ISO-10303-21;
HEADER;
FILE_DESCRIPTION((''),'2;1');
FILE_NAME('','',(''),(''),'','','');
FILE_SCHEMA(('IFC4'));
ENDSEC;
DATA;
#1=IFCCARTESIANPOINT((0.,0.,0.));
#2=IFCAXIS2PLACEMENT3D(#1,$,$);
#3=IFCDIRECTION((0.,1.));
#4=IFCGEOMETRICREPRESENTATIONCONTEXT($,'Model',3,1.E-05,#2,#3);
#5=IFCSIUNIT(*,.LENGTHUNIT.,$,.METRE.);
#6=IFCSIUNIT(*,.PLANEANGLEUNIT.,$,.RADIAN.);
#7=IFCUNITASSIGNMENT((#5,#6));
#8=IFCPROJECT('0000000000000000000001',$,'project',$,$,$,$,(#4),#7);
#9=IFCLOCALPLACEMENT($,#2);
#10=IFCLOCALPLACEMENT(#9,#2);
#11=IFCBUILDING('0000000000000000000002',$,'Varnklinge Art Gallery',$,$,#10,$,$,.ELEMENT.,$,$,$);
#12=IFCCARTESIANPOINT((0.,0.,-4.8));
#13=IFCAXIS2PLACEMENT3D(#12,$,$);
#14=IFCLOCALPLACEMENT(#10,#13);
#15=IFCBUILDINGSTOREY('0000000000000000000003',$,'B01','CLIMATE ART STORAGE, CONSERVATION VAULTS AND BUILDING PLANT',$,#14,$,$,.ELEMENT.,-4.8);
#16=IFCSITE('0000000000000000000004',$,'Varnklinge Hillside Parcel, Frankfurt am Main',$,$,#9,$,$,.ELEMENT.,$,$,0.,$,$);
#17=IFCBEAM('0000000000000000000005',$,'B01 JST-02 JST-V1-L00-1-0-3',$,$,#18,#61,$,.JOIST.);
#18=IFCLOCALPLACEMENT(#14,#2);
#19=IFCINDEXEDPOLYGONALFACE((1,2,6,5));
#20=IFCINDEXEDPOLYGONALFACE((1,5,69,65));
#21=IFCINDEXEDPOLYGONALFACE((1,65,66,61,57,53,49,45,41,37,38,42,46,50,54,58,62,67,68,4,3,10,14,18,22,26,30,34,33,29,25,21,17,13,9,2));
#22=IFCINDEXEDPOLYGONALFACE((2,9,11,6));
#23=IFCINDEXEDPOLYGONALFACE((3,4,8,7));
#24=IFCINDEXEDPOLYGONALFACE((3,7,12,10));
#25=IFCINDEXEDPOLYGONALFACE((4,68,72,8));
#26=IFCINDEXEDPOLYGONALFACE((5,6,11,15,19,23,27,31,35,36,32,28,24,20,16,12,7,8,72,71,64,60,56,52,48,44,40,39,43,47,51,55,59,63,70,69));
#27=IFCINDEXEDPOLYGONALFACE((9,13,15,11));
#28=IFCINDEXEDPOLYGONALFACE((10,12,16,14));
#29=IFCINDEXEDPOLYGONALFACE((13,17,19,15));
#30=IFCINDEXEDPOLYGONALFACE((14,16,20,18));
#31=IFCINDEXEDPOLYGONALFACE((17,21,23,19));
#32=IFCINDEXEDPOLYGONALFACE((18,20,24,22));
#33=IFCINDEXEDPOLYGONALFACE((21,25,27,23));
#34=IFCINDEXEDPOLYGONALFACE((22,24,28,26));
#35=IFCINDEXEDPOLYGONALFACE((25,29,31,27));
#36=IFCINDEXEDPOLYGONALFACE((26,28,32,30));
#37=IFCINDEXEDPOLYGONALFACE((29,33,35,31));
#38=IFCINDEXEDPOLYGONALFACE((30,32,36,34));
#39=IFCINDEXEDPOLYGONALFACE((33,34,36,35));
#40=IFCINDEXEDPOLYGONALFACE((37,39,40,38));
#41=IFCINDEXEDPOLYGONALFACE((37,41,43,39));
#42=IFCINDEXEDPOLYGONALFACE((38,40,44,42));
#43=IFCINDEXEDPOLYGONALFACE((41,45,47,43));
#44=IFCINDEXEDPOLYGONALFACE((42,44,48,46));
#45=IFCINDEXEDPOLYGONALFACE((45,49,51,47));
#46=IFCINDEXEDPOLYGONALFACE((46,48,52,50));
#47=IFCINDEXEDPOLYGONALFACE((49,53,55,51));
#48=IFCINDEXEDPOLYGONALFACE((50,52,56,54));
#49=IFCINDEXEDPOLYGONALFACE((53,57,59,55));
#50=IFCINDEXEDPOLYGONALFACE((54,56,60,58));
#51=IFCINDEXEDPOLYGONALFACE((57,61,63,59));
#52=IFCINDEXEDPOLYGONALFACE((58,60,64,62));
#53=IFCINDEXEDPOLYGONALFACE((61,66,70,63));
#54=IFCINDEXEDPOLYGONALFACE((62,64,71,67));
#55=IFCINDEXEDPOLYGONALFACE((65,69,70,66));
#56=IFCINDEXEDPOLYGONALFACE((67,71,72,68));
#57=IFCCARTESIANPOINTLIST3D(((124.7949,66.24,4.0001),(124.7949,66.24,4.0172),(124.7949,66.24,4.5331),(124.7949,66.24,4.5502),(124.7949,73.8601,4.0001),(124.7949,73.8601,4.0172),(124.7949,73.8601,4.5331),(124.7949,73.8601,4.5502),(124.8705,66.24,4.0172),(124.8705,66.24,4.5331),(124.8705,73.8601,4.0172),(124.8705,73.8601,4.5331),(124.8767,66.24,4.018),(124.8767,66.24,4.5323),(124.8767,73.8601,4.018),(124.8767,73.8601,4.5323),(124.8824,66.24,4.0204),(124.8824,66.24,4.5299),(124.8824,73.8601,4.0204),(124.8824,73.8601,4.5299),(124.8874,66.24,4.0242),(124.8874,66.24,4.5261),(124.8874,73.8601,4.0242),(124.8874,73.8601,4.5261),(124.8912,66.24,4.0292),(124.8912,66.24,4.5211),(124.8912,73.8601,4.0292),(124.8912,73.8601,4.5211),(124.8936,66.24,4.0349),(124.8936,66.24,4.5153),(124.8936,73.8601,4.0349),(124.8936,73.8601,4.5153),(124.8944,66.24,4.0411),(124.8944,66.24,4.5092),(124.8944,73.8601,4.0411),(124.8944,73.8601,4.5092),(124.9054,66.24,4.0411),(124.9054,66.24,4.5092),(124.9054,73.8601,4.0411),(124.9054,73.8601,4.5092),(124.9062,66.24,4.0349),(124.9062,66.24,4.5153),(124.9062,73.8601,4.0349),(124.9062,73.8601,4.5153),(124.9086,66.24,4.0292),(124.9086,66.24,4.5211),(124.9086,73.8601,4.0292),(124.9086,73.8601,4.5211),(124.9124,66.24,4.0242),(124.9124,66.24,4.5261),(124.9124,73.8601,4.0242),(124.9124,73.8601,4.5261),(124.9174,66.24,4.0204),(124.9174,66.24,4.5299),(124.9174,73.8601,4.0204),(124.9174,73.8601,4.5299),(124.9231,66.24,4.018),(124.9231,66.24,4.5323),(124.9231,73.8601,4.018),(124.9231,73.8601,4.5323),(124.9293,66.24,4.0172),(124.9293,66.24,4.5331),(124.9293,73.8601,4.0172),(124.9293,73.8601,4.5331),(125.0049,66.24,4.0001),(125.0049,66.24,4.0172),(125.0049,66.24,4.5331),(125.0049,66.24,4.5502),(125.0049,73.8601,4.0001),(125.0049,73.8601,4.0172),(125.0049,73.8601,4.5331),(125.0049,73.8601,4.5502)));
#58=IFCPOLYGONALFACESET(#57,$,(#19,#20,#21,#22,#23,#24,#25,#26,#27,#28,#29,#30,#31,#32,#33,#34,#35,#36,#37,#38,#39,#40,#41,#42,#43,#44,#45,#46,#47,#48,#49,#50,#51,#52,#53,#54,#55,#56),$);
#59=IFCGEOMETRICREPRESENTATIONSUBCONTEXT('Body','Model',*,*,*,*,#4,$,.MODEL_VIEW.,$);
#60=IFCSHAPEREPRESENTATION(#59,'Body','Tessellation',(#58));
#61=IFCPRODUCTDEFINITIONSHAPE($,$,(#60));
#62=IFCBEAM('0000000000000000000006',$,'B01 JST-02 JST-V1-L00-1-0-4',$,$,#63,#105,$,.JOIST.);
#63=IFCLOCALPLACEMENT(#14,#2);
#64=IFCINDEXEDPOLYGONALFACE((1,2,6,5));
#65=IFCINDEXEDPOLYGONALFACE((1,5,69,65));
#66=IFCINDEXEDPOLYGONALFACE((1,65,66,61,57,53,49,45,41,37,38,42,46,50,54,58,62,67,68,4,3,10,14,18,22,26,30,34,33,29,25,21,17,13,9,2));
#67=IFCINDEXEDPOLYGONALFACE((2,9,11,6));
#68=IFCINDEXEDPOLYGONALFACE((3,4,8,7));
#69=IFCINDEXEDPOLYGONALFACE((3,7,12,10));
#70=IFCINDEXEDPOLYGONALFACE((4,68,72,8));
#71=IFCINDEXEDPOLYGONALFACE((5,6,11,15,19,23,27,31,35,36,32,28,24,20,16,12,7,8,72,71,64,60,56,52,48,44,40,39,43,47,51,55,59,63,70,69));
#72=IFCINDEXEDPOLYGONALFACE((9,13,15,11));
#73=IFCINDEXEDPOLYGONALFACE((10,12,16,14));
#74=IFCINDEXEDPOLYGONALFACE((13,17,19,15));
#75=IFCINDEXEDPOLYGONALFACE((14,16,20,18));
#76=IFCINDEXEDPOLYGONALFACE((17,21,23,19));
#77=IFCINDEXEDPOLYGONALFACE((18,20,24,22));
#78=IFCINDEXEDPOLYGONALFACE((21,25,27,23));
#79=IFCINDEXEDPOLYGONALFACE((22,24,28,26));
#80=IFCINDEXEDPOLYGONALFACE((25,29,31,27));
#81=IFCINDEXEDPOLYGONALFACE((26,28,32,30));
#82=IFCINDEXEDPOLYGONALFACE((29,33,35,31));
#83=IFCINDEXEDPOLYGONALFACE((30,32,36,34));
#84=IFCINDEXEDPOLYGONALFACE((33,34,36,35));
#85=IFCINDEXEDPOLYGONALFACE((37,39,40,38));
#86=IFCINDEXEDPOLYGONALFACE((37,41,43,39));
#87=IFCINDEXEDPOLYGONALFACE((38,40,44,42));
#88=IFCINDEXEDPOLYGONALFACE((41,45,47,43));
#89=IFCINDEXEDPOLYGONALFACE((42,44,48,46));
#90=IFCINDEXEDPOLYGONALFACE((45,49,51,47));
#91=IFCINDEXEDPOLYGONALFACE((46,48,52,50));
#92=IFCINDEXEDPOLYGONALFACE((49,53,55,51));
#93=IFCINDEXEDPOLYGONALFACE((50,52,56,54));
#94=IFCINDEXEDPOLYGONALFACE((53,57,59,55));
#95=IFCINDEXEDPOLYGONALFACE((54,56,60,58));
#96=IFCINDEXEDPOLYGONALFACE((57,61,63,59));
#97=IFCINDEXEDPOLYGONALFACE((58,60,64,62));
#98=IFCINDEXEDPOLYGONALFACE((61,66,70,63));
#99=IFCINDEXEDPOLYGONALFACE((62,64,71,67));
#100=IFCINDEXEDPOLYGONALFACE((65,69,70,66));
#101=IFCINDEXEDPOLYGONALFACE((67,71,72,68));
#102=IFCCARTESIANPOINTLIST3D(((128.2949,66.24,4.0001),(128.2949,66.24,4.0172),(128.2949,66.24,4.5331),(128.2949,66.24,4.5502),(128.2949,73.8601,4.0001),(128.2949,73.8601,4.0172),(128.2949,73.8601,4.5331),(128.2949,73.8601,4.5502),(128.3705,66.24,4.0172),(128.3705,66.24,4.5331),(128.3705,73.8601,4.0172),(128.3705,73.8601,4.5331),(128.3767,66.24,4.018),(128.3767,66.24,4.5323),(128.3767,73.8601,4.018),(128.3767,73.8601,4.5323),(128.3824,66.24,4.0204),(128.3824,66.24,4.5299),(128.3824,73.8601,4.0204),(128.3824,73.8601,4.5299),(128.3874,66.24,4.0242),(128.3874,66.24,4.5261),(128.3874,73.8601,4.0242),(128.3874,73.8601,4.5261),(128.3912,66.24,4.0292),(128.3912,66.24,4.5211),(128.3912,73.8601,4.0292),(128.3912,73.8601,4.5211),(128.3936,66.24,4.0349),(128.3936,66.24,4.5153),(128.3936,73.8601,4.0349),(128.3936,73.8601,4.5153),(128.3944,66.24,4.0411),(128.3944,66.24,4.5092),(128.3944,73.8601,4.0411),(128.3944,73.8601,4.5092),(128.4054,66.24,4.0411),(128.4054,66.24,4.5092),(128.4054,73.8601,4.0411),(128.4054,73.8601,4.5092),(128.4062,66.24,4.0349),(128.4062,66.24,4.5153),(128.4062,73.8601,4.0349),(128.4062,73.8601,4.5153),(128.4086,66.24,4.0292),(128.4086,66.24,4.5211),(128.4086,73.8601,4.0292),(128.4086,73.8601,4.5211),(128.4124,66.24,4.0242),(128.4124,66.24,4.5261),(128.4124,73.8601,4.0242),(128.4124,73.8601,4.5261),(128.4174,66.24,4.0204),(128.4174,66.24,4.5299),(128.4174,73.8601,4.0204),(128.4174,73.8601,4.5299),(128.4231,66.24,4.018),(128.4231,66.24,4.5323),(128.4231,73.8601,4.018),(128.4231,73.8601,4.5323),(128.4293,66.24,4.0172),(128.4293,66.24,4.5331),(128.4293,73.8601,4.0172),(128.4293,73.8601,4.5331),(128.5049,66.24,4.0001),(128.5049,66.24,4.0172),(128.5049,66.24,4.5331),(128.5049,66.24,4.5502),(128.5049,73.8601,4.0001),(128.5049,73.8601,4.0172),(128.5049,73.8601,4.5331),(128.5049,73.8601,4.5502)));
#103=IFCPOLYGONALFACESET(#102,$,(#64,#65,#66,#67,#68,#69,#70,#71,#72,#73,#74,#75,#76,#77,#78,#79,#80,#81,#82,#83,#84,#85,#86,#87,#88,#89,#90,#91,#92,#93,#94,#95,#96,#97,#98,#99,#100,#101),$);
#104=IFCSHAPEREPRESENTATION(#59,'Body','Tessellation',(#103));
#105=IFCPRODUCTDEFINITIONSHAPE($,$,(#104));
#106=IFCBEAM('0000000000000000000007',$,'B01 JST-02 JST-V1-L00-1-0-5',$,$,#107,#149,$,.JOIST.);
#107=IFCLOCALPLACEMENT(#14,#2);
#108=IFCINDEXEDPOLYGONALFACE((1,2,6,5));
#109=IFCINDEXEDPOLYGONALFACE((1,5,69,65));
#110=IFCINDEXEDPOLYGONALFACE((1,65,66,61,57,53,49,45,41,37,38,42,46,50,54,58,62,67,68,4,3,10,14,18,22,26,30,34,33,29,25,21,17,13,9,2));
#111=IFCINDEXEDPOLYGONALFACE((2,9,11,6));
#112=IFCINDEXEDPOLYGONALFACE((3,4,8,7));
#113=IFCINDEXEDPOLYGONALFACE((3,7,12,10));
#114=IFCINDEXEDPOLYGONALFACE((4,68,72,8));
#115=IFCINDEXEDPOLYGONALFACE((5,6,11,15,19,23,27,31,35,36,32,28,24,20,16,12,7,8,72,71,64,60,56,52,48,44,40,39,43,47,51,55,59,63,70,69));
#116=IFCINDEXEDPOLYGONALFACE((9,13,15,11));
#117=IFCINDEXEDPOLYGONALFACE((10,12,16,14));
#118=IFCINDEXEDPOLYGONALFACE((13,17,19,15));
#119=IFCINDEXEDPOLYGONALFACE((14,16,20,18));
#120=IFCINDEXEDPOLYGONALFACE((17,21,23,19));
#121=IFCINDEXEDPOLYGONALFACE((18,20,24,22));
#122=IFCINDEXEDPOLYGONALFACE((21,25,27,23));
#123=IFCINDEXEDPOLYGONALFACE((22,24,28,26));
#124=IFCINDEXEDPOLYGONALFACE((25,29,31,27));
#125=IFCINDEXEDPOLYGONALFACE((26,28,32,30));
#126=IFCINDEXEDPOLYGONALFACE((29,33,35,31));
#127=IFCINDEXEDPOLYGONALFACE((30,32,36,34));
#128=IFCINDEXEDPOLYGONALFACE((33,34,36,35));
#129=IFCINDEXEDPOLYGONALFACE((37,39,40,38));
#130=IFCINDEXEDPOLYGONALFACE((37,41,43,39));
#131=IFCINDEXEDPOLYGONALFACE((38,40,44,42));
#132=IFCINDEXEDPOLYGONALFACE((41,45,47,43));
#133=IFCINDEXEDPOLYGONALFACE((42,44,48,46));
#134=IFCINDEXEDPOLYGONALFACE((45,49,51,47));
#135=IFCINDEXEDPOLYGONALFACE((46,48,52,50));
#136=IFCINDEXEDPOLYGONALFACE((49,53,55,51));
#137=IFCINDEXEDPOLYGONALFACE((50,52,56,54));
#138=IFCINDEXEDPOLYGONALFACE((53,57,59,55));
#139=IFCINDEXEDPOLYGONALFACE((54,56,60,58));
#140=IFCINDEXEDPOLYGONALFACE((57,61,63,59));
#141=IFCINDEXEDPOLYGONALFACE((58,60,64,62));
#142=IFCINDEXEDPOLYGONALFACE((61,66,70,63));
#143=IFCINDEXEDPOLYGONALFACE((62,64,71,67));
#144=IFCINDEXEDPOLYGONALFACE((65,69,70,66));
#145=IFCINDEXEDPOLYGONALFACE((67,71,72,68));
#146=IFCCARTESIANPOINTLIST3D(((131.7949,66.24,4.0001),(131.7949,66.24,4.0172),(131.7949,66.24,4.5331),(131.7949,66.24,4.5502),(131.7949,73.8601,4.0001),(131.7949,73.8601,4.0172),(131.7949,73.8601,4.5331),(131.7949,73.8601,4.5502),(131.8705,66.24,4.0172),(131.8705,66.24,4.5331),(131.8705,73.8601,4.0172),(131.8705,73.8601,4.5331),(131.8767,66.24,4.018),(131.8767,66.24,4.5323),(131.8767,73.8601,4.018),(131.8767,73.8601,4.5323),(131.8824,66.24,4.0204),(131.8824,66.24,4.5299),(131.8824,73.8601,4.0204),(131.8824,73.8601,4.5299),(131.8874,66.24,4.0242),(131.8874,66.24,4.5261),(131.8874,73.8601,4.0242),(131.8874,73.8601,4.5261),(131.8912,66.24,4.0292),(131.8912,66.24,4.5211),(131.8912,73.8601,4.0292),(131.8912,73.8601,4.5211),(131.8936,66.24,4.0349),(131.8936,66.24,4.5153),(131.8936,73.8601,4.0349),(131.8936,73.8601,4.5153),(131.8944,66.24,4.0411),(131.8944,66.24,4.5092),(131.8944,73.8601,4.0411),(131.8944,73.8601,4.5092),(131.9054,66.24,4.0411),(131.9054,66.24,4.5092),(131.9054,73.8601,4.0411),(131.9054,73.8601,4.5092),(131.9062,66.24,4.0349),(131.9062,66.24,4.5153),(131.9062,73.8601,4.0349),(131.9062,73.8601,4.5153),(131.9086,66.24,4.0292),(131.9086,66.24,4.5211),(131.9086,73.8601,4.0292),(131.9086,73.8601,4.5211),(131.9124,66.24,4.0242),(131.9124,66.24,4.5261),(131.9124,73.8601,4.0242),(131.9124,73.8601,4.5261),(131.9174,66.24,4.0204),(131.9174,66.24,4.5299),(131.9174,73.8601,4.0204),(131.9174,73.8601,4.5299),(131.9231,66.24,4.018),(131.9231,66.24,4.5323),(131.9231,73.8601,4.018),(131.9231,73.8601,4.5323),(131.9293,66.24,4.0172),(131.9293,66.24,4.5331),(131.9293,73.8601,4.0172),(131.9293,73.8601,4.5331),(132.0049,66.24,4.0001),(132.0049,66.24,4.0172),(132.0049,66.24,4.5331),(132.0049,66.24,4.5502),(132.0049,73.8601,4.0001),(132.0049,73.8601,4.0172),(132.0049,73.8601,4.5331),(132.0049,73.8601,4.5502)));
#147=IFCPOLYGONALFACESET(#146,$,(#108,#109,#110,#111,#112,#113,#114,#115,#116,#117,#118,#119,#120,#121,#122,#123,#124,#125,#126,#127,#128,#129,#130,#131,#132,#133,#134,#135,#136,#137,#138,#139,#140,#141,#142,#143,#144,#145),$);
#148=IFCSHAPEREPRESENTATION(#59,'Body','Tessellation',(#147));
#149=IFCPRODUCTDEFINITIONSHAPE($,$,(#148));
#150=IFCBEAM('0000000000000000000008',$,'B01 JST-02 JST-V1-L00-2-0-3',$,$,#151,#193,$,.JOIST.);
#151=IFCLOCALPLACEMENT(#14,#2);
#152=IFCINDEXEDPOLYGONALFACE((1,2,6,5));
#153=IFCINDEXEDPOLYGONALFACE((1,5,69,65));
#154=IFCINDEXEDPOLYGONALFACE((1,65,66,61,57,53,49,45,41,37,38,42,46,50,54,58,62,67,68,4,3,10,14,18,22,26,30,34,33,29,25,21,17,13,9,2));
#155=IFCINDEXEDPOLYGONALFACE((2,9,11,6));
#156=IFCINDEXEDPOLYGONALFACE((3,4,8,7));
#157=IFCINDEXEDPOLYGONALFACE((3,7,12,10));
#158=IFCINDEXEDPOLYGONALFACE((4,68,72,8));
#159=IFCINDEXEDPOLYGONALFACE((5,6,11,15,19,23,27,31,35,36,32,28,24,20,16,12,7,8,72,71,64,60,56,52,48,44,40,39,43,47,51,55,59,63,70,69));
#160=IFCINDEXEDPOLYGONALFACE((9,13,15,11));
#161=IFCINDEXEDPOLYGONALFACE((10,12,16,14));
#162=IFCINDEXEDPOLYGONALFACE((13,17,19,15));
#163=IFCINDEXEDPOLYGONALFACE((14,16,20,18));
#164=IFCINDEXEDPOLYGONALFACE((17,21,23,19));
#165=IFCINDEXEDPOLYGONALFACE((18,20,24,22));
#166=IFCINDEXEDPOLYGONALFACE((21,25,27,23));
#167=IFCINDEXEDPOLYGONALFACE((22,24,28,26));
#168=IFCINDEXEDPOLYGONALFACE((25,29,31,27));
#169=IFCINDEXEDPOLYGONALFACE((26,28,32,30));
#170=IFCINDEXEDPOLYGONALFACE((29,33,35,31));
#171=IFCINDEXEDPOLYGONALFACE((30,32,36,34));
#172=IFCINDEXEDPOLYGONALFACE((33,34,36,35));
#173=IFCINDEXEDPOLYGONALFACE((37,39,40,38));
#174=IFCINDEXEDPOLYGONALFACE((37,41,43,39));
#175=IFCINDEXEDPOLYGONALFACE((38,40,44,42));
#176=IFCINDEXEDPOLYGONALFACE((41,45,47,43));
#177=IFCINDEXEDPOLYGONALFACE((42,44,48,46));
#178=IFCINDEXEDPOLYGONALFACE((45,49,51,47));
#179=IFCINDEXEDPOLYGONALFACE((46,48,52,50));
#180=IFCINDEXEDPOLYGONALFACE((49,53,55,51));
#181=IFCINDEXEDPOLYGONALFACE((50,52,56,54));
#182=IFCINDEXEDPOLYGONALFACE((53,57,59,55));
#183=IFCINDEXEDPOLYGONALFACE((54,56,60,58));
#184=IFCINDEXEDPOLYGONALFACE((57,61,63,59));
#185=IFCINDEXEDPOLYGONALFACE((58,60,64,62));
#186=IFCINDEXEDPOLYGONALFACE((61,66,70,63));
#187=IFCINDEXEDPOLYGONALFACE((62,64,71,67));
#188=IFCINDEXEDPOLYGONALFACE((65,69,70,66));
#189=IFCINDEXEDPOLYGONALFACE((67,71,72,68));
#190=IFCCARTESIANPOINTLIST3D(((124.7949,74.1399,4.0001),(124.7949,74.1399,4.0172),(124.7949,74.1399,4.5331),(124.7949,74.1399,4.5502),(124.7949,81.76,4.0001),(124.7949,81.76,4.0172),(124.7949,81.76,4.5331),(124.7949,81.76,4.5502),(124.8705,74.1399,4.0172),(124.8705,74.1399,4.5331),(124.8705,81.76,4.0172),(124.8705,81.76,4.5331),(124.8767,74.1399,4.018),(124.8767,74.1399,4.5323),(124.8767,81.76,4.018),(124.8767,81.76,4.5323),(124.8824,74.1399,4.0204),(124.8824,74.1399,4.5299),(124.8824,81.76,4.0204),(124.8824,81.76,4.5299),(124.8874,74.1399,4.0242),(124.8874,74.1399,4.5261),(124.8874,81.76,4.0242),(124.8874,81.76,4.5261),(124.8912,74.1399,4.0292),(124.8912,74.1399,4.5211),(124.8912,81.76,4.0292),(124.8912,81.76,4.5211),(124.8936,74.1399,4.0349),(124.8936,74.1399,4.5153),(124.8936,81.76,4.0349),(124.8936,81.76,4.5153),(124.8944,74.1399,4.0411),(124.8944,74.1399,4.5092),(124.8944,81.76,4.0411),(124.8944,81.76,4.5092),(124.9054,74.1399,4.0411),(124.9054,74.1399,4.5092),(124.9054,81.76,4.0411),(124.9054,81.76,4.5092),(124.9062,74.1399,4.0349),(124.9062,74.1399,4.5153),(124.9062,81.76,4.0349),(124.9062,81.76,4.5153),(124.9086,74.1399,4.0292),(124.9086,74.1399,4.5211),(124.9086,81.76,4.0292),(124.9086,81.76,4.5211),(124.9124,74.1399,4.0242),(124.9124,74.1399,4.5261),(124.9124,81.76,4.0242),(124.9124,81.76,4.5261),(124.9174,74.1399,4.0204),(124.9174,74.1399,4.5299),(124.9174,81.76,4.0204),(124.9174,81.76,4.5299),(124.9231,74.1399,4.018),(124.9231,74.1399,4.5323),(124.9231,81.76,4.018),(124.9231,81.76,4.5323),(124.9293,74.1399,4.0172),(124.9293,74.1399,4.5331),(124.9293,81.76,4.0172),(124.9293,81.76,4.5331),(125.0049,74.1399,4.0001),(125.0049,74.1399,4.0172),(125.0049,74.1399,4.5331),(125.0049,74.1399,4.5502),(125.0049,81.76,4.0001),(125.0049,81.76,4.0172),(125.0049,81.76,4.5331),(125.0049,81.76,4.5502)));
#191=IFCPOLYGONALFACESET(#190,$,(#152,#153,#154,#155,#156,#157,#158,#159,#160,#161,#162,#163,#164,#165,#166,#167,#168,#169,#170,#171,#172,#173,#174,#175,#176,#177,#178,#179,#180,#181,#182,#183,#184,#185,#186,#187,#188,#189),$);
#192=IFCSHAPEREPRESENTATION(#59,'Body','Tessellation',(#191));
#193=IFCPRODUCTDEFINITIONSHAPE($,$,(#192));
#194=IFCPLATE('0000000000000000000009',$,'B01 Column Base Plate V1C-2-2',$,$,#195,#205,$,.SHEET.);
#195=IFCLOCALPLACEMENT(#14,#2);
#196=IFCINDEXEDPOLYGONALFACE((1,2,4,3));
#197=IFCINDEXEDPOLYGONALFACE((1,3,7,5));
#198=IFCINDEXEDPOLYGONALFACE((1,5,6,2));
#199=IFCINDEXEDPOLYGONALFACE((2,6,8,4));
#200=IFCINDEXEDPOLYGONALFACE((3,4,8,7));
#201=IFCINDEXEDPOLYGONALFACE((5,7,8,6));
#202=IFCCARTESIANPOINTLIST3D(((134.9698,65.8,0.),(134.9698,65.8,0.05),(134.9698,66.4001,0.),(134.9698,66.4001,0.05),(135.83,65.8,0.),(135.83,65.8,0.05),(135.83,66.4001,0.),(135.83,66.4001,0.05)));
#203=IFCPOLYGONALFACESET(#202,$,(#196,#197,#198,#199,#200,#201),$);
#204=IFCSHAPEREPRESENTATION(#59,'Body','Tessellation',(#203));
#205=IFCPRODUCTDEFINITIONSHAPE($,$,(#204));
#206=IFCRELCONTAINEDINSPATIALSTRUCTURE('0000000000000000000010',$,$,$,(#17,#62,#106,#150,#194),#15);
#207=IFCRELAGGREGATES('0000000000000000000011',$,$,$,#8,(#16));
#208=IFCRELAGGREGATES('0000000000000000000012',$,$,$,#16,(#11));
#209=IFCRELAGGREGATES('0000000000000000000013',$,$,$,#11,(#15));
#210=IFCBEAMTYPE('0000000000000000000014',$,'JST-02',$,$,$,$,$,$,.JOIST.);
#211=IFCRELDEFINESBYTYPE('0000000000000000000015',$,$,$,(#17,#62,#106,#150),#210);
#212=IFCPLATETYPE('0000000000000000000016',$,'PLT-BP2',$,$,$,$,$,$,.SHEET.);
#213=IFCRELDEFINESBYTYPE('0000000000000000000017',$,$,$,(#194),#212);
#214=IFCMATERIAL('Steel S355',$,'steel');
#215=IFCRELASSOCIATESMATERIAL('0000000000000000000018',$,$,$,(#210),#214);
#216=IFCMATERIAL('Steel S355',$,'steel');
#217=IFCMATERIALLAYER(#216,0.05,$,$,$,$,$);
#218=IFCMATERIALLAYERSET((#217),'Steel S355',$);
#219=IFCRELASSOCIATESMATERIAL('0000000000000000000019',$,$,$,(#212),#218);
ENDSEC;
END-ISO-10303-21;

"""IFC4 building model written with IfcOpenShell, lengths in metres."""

from ifc_helpers import new_model, si_unit, direction, frame, origin, origin_2d, place, context, subcontext, project, spatial, rectangle, i_section, extrude, material, layer, layer_set, material_profile, profile_set, type_object, element, save


model = new_model("IFC4")

# Units and contexts
model_context = context("Model", 3, precision=1e-05, world=origin(), true_north=direction((0.0, 1.0)))
body_context = subcontext(model_context, "Body", "Model", "MODEL_VIEW")
ifc_project = project(units=[si_unit("LENGTHUNIT", "METRE"), si_unit("PLANEANGLEUNIT", "RADIAN")], contexts=[model_context])

# Site, building, storey
site_placement = place(None, origin())
site = spatial("IfcSite", under=ifc_project, at=site_placement, Name="Varnklinge Hillside Parcel, Frankfurt am Main", CompositionType="ELEMENT", RefElevation=0.0)
building_placement = place(site_placement, origin())
building = spatial("IfcBuilding", under=site, at=building_placement, Name="Varnklinge Art Gallery", CompositionType="ELEMENT")
storey_placement = place(building_placement, frame((0.0, 0.0, -4.8)))
storey = spatial("IfcBuildingStorey", under=building, at=storey_placement, Name="B01", Description="CLIMATE ART STORAGE, CONSERVATION VAULTS AND BUILDING PLANT", CompositionType="ELEMENT", Elevation=-4.8)

# Beams
ifc_material_1 = material(Name="Steel S355", Category="steel")
ifc_material_profile_1 = material_profile(ifc_material_1, i_section(OverallWidth=0.21, OverallDepth=0.55, WebThickness=0.011, FlangeThickness=0.0171, FilletRadius=0.0239, at=origin_2d()), Name="IPE 550")
ifc_profile_set_1 = profile_set([ifc_material_profile_1], Name="Steel S355")
beam_type_1 = type_object("IfcBeamType", Name="JST-02", PredefinedType="JOIST", material=ifc_profile_set_1)
for number, where, z_axis, x_axis, name in (
    (1, (124.8999, 66.24, 4.2751), (0.0, 1.0, 0.0), (-1.0, 0.0, 0.0), "B01 JST-02 JST-V1-L00-1-0-3"),
    (2, (128.3999, 66.24, 4.2751), (0.0, 1.0, 0.0), (-1.0, 0.0, 0.0), "B01 JST-02 JST-V1-L00-1-0-4"),
    (3, (131.8999, 66.24, 4.2751), (0.0, 1.0, 0.0), (-1.0, 0.0, 0.0), "B01 JST-02 JST-V1-L00-1-0-5"),
    (4, (124.8999, 74.1399, 4.2751), (0.0, 1.0, 0.0), (-1.0, 0.0, 0.0), "B01 JST-02 JST-V1-L00-2-0-3"),
):
    element("IfcBeam", number, at=place(storey_placement, frame(where, z_axis=z_axis, x_axis=x_axis)), inside=storey, type_object=beam_type_1, Name=name, PredefinedType="JOIST", context=body_context, shape_type="SweptSolid", body=[
        extrude(i_section(OverallWidth=0.21, OverallDepth=0.55, WebThickness=0.011, FlangeThickness=0.0171, FilletRadius=0.0239, at=origin_2d()), origin(), (0.0, 0.0, 1.0), 7.6201),
    ])

# Plate
ifc_material_2 = material(Name="Steel S355", Category="steel")
ifc_layer_1 = layer(ifc_material_2, 0.05)
ifc_layer_set_1 = layer_set([ifc_layer_1], Name="Steel S355")
plate_type = type_object("IfcPlateType", Name="PLT-BP2", PredefinedType="SHEET", material=ifc_layer_set_1)
for number, where, z_axis, x_axis, name in (
    (5, (135.3999, 66.1001, 0.0), (0.0, 0.0, 1.0), (1.0, 0.0, 0.0), "B01 Column Base Plate V1C-2-2"),
):
    element("IfcPlate", number, at=place(storey_placement, frame(where, z_axis=z_axis, x_axis=x_axis)), inside=storey, type_object=plate_type, Name=name, PredefinedType="SHEET", context=body_context, shape_type="SweptSolid", body=[
        extrude(rectangle(XDim=0.8601, YDim=0.6001, at=origin_2d()), origin(), (0.0, 0.0, 1.0), 0.05),
    ])

save(model, "model.ifc")
